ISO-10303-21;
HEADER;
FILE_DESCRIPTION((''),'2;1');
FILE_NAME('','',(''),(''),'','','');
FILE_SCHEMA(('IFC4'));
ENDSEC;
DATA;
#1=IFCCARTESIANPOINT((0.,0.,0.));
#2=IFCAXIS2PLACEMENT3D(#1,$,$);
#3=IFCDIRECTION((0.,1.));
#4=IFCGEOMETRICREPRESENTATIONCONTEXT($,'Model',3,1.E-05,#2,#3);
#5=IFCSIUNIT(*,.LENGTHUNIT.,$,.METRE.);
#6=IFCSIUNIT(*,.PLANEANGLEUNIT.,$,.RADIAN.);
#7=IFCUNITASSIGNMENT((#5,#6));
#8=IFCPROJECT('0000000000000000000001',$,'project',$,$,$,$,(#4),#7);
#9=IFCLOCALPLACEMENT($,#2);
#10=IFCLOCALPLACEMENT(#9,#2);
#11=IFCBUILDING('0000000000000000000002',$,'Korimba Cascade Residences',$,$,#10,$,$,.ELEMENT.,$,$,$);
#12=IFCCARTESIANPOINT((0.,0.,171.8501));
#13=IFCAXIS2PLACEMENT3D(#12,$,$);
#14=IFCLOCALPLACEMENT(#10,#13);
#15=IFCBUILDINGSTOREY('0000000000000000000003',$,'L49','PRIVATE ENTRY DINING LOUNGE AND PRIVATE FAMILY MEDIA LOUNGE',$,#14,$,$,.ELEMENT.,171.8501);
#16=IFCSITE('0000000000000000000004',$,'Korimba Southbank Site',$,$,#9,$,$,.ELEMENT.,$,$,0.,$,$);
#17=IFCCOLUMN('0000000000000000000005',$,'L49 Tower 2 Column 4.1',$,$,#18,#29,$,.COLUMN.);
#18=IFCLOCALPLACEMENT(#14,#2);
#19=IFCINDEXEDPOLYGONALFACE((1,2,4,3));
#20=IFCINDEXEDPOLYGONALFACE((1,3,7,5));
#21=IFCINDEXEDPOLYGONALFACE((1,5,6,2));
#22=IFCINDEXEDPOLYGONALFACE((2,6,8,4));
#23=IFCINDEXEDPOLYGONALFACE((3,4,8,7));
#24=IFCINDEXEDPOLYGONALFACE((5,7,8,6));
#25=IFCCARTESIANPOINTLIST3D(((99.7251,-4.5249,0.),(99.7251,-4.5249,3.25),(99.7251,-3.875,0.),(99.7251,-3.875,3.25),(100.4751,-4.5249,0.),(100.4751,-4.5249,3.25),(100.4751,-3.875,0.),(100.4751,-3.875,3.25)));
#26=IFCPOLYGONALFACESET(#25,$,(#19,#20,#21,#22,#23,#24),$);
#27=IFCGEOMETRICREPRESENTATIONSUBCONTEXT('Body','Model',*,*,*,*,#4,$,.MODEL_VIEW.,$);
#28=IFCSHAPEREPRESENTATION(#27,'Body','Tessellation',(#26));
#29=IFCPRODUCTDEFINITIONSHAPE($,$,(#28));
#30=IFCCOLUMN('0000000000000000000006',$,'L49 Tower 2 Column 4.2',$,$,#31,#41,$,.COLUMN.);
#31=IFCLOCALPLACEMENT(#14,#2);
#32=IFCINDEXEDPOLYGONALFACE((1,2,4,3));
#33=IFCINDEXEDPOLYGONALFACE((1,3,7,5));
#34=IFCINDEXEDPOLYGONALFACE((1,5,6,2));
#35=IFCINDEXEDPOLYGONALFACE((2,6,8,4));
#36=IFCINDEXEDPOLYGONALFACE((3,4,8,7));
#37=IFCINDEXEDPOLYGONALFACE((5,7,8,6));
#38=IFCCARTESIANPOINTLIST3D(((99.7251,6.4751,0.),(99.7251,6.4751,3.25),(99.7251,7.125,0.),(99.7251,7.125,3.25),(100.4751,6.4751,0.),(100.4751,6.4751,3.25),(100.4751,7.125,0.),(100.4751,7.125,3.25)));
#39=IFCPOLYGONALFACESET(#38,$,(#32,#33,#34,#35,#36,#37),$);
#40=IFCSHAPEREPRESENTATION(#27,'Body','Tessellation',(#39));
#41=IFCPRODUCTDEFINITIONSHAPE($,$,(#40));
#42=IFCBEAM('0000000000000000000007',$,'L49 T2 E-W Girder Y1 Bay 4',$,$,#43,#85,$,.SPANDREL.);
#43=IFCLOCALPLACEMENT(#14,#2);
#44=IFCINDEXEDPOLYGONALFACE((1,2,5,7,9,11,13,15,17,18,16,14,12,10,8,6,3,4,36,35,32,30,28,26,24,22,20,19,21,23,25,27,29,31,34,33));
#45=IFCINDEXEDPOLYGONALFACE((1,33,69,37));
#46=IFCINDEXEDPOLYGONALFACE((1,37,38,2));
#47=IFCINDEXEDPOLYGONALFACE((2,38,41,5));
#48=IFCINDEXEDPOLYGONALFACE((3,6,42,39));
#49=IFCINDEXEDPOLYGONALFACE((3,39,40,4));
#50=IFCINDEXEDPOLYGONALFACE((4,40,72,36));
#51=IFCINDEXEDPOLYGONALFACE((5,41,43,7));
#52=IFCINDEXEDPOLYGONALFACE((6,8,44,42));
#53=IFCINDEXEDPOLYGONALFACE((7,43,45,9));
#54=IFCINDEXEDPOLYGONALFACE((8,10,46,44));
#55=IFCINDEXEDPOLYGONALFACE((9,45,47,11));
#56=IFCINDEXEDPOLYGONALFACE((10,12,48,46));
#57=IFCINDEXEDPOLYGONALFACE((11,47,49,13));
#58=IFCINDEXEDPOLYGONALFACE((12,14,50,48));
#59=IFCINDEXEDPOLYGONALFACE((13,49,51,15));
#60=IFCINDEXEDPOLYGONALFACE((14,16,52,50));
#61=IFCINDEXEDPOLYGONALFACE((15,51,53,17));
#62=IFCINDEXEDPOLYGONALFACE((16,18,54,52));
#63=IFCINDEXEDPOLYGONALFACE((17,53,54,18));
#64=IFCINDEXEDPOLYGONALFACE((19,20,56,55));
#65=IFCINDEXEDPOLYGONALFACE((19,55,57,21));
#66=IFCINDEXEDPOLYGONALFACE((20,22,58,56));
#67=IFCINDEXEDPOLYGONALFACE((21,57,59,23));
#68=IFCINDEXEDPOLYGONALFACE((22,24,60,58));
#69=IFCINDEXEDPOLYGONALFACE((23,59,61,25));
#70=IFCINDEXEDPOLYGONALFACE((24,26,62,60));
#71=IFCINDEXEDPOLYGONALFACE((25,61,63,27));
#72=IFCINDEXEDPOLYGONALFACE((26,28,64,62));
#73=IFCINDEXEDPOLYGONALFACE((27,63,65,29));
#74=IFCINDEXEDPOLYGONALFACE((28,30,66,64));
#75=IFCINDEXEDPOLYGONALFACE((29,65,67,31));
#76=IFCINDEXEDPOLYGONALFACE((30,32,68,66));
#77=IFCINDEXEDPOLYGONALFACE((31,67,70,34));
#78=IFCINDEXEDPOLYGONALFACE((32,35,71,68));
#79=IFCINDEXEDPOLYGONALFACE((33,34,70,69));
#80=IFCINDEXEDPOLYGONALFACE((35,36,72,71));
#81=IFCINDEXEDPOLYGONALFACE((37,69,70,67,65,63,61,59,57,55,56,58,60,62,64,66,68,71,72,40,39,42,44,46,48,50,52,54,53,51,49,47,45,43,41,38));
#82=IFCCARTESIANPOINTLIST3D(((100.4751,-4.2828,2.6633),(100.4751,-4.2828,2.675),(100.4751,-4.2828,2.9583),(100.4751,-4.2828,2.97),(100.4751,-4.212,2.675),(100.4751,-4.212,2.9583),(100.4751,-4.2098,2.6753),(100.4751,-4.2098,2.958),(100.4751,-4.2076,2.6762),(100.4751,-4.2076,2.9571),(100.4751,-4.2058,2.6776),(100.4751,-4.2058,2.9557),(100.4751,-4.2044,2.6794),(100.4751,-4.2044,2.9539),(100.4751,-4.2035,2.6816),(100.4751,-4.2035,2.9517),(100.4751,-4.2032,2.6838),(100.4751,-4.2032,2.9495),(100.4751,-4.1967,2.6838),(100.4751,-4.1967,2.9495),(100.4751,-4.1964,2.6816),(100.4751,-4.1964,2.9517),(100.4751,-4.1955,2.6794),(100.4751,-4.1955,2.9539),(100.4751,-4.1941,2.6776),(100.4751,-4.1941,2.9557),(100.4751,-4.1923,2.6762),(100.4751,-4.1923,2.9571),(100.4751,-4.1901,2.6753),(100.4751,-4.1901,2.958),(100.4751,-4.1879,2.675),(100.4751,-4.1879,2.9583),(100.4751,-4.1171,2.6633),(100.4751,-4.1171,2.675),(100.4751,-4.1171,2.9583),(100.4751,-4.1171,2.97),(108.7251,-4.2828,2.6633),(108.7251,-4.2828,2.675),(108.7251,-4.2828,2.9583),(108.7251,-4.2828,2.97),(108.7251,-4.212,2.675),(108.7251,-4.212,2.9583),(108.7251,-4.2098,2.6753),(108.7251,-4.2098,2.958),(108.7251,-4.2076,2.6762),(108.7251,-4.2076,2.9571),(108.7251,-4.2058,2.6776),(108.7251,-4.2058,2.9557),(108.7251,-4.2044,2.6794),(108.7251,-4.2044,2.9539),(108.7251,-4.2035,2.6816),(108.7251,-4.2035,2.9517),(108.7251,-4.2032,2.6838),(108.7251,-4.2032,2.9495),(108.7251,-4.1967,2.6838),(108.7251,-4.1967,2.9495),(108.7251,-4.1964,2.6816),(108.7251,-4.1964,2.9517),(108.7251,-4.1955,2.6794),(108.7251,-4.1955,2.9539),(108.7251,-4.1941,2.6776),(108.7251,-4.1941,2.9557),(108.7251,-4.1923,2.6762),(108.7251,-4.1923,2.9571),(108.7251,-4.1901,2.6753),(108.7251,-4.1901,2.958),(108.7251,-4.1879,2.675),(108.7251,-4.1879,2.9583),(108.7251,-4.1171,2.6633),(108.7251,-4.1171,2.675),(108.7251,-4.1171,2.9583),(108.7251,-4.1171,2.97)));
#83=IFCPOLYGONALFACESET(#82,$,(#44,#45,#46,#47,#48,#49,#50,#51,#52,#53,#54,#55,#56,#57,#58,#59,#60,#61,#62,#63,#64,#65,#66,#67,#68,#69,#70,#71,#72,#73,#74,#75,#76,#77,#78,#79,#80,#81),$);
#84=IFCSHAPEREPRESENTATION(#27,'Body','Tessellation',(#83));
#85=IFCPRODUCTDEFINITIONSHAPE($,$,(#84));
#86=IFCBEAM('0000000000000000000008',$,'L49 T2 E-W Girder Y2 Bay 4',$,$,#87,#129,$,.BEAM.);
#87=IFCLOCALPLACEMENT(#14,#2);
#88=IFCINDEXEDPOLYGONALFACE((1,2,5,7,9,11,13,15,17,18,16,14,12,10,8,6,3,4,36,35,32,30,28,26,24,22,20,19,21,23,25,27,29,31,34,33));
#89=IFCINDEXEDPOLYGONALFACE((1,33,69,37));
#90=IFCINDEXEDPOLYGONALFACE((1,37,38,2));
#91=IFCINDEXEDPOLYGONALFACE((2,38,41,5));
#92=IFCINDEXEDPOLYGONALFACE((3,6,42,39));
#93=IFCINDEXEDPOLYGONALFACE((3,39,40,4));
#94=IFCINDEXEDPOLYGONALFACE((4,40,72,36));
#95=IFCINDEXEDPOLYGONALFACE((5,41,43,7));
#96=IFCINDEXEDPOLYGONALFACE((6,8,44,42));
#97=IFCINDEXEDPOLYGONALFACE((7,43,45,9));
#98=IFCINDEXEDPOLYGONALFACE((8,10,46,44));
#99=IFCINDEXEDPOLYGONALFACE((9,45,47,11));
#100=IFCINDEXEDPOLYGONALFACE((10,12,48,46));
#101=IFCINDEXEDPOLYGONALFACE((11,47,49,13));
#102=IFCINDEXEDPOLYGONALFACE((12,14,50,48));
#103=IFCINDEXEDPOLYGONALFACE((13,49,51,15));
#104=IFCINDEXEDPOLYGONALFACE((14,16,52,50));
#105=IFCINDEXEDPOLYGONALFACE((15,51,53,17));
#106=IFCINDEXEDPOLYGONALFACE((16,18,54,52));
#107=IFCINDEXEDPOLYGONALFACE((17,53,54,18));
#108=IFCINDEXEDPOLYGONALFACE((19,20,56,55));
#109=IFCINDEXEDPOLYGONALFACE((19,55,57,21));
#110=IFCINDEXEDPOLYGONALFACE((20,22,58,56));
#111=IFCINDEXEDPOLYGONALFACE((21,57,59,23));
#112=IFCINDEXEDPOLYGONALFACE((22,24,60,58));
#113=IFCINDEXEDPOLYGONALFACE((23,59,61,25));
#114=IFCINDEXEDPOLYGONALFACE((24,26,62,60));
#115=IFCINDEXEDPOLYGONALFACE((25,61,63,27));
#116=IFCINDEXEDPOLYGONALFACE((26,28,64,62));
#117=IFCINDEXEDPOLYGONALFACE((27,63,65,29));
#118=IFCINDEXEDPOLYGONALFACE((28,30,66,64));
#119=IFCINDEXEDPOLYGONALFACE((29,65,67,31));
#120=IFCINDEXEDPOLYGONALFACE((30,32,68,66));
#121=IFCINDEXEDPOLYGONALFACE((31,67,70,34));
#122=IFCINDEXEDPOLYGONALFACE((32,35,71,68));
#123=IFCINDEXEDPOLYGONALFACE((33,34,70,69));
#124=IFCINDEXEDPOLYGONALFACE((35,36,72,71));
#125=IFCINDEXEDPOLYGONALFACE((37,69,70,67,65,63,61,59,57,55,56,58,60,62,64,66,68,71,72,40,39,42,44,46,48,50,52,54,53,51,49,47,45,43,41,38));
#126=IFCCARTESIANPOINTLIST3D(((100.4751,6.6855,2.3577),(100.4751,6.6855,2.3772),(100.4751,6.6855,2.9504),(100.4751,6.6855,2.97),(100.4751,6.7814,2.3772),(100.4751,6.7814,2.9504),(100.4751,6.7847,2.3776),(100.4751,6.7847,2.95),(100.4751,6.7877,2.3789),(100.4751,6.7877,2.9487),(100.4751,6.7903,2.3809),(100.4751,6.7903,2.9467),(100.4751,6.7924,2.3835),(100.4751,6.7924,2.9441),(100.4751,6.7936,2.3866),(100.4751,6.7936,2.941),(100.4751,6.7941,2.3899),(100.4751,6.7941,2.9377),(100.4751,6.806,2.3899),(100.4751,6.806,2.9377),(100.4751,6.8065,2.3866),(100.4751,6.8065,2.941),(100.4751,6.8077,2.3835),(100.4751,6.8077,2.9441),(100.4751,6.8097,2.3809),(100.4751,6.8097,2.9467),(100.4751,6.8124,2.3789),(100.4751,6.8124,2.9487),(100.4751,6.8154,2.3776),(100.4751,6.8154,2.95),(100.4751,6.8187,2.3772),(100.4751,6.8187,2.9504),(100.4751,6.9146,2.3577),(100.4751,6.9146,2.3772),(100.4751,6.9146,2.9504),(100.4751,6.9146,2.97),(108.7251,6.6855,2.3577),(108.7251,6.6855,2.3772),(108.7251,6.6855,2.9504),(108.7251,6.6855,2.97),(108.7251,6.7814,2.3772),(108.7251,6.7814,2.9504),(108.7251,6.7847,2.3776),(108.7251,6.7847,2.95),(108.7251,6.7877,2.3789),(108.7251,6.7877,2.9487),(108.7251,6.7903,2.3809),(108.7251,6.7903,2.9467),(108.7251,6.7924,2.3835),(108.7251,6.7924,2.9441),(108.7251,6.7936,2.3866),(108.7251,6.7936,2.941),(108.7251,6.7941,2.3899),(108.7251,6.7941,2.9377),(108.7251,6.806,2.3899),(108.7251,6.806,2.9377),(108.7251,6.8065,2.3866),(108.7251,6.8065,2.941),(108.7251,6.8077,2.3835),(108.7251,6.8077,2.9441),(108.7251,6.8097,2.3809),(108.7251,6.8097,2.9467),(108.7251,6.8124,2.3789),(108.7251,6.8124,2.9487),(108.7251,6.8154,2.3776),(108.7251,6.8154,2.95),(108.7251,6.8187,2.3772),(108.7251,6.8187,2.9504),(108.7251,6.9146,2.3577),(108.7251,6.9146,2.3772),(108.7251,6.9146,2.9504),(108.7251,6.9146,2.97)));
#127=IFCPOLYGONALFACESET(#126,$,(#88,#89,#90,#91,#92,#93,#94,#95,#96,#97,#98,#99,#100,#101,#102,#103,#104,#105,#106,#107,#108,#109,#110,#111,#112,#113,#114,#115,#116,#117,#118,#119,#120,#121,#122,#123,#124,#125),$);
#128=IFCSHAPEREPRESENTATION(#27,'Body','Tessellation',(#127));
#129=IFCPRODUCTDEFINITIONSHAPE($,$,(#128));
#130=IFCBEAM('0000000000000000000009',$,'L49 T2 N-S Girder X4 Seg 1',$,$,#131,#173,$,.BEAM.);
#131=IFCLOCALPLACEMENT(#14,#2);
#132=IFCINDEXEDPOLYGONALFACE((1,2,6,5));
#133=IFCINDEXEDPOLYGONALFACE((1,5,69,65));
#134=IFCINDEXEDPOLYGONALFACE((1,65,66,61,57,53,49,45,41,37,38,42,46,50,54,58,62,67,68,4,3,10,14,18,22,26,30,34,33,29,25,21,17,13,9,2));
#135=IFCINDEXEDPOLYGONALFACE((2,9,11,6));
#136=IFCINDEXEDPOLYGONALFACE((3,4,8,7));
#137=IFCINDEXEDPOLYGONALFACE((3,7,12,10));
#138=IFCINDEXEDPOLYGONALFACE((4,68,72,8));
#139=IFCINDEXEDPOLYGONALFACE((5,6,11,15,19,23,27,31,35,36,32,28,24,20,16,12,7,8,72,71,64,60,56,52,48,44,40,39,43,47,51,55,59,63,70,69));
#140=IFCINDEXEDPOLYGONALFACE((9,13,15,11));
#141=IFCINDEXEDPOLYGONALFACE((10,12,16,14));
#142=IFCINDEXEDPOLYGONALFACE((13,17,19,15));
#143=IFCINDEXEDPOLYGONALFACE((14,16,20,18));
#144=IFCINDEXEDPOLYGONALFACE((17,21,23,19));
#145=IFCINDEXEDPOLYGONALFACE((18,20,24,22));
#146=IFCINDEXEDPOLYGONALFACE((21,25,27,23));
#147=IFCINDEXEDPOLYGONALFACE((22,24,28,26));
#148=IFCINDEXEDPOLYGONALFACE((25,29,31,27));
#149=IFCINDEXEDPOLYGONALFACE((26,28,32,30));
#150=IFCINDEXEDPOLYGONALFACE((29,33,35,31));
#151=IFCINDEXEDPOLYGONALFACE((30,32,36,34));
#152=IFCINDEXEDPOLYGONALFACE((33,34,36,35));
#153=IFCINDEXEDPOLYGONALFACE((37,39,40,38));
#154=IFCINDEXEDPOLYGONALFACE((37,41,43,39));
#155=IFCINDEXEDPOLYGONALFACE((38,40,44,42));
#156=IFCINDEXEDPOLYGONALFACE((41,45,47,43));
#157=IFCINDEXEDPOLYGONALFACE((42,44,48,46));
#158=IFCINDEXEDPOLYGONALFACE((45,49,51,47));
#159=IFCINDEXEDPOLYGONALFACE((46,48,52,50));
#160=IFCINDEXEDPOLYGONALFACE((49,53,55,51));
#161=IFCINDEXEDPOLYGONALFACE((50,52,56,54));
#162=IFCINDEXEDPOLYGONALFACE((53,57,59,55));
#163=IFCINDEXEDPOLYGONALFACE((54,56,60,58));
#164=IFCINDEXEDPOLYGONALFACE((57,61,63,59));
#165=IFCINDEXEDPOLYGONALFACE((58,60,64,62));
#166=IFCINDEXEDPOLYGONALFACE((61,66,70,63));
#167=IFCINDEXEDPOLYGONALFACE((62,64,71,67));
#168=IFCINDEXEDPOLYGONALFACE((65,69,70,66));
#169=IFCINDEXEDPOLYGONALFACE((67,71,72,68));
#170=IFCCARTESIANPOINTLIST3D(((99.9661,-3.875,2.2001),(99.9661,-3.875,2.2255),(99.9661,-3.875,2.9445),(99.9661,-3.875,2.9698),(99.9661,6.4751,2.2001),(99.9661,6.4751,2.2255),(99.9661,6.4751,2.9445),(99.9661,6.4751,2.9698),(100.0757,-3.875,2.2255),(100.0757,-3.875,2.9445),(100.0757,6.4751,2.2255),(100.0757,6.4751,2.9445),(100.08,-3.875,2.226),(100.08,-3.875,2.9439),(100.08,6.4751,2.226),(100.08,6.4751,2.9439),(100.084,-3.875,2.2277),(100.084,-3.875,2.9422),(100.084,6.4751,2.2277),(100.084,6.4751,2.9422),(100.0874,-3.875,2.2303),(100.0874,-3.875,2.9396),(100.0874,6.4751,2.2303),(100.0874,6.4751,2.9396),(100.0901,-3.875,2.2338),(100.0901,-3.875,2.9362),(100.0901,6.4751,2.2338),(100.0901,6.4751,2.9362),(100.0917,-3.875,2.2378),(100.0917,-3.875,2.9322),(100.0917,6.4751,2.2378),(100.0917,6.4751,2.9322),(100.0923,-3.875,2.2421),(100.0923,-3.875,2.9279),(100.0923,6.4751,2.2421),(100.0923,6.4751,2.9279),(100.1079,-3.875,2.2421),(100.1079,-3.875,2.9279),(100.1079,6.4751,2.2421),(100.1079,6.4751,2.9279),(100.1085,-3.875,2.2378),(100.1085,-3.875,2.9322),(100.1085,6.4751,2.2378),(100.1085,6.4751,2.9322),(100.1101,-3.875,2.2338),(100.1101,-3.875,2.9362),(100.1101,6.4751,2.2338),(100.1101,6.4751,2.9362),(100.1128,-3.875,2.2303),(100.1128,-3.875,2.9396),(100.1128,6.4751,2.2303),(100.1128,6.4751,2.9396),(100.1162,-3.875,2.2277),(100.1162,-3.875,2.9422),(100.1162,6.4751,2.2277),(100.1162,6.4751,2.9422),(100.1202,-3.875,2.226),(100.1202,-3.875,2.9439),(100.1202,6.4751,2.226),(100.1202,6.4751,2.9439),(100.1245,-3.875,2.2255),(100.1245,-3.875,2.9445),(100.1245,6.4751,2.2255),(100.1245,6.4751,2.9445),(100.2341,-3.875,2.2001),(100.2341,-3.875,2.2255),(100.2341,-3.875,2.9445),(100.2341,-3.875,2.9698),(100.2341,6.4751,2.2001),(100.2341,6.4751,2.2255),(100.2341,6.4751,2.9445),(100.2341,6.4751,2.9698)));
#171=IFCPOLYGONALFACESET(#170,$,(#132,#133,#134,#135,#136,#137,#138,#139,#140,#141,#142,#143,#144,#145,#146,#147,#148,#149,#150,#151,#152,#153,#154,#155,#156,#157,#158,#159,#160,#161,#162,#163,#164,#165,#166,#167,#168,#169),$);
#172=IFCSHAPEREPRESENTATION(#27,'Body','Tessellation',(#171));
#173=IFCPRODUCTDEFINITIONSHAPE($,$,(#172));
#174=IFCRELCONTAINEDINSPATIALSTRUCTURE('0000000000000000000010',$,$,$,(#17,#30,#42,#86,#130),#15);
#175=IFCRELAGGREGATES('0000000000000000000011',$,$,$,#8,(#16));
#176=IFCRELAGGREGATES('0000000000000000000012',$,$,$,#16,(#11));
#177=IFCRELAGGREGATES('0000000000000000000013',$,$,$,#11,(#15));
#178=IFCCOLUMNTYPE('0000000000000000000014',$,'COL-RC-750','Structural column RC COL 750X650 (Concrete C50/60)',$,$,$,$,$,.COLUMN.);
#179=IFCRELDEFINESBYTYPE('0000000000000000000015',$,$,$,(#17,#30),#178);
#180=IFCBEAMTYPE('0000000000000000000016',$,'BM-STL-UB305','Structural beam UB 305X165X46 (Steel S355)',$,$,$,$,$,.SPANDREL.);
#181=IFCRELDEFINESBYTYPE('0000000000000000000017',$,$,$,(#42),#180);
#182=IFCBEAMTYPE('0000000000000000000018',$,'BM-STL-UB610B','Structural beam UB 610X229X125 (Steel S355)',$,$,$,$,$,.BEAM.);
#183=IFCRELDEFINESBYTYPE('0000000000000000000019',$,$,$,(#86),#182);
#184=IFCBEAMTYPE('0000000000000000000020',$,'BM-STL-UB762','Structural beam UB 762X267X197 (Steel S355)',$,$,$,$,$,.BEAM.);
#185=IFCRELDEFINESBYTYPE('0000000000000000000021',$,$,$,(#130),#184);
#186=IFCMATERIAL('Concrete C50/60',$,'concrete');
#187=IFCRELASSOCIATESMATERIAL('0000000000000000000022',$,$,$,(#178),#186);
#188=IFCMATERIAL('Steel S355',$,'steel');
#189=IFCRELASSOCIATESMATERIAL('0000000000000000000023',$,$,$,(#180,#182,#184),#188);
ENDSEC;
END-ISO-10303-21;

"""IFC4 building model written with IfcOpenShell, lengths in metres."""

from ifc_helpers import new_model, si_unit, direction, frame, origin, origin_2d, place, context, subcontext, project, spatial, rectangle, i_section, extrude, material, material_profile, profile_set, type_object, element, save


model = new_model("IFC4")

# Units and contexts
model_context = context("Model", 3, precision=1e-05, world=origin(), true_north=direction((0.0, 1.0)))
body_context = subcontext(model_context, "Body", "Model", "MODEL_VIEW")
ifc_project = project(units=[si_unit("LENGTHUNIT", "METRE"), si_unit("PLANEANGLEUNIT", "RADIAN")], contexts=[model_context])

# Site, building, storey
site_placement = place(None, origin())
site = spatial("IfcSite", under=ifc_project, at=site_placement, Name="Korimba Southbank Site", CompositionType="ELEMENT", RefElevation=0.0)
building_placement = place(site_placement, origin())
building = spatial("IfcBuilding", under=site, at=building_placement, Name="Korimba Cascade Residences", CompositionType="ELEMENT")
storey_placement = place(building_placement, frame((0.0, 0.0, 171.8501)))
storey = spatial("IfcBuildingStorey", under=building, at=storey_placement, Name="L49", Description="PRIVATE ENTRY DINING LOUNGE AND PRIVATE FAMILY MEDIA LOUNGE", CompositionType="ELEMENT", Elevation=171.8501)

# Columns
ifc_material_1 = material(Name="Concrete C50/60", Category="concrete")
ifc_material_profile_1 = material_profile(ifc_material_1, rectangle(XDim=0.75, YDim=0.6499, at=origin_2d()), Name="Concrete C50/60")
ifc_profile_set_1 = profile_set([ifc_material_profile_1], Name="Concrete C50/60")
column_type = type_object("IfcColumnType", Name="COL-RC-750", Description="Structural column RC COL 750X650 (Concrete C50/60)", PredefinedType="COLUMN", material=ifc_profile_set_1)
for number, where, z_axis, x_axis, name in (
    (1, (100.1001, -4.2, 0.0), (0.0, 0.0, 1.0), (1.0, 0.0, 0.0), "L49 Tower 2 Column 4.1"),
    (2, (100.1001, 6.8, 0.0), (0.0, 0.0, 1.0), (1.0, 0.0, 0.0), "L49 Tower 2 Column 4.2"),
):
    element("IfcColumn", number, at=place(storey_placement, frame(where, z_axis=z_axis, x_axis=x_axis)), inside=storey, type_object=column_type, Name=name, PredefinedType="COLUMN", context=body_context, shape_type="SweptSolid", body=[
        extrude(rectangle(XDim=0.75, YDim=0.6499, at=origin_2d()), origin(), (0.0, 0.0, 1.0), 3.25),
    ])

# Beams
ifc_material_2 = material(Name="Steel S355", Category="steel")
ifc_material_profile_2 = material_profile(ifc_material_2, i_section(OverallWidth=0.1658, OverallDepth=0.3066, WebThickness=0.0066, FlangeThickness=0.0117, FilletRadius=0.0088, at=origin_2d()), Name="Steel S355")
ifc_profile_set_2 = profile_set([ifc_material_profile_2], Name="Steel S355")
beam_type_1 = type_object("IfcBeamType", Name="BM-STL-UB305", Description="Structural beam UB 305X165X46 (Steel S355)", PredefinedType="SPANDREL", material=ifc_profile_set_2)
beam_1_placement = place(storey_placement, frame((100.4751, -4.2, 2.8167), z_axis=(1.0, 0.0, 0.0), x_axis=(0.0, 1.0, 0.0)))
element("IfcBeam", 3, at=beam_1_placement, inside=storey, type_object=beam_type_1, Name="L49 T2 E-W Girder Y1 Bay 4", PredefinedType="SPANDREL", context=body_context, shape_type="SweptSolid", body=[
    extrude(i_section(OverallWidth=0.1658, OverallDepth=0.3066, WebThickness=0.0066, FlangeThickness=0.0117, FilletRadius=0.0088, at=origin_2d()), origin(), (0.0, 0.0, 1.0), 8.25),
])
ifc_material_profile_3 = material_profile(ifc_material_2, i_section(OverallWidth=0.229, OverallDepth=0.6123, WebThickness=0.012, FlangeThickness=0.0195, FilletRadius=0.0127, at=origin_2d()), Name="Steel S355")
ifc_profile_set_3 = profile_set([ifc_material_profile_3], Name="Steel S355")
beam_type_2 = type_object("IfcBeamType", Name="BM-STL-UB610B", Description="Structural beam UB 610X229X125 (Steel S355)", PredefinedType="BEAM", material=ifc_profile_set_3)
beam_2_placement = place(storey_placement, frame((100.4751, 6.8, 2.6638), z_axis=(1.0, 0.0, 0.0), x_axis=(0.0, 1.0, 0.0)))
element("IfcBeam", 4, at=beam_2_placement, inside=storey, type_object=beam_type_2, Name="L49 T2 E-W Girder Y2 Bay 4", PredefinedType="BEAM", context=body_context, shape_type="SweptSolid", body=[
    extrude(i_section(OverallWidth=0.229, OverallDepth=0.6123, WebThickness=0.012, FlangeThickness=0.0195, FilletRadius=0.0127, at=origin_2d()), origin(), (0.0, 0.0, 1.0), 8.25),
])
ifc_material_profile_4 = material_profile(ifc_material_2, i_section(OverallWidth=0.2681, OverallDepth=0.7698, WebThickness=0.0156, FlangeThickness=0.0254, FilletRadius=0.0166, at=origin_2d()), Name="Steel S355")
ifc_profile_set_4 = profile_set([ifc_material_profile_4], Name="Steel S355")
beam_type_3 = type_object("IfcBeamType", Name="BM-STL-UB762", Description="Structural beam UB 762X267X197 (Steel S355)", PredefinedType="BEAM", material=ifc_profile_set_4)
beam_3_placement = place(storey_placement, frame((100.1001, -3.875, 2.585), z_axis=(0.0, 1.0, 0.0), x_axis=(-1.0, 0.0, 0.0)))
element("IfcBeam", 5, at=beam_3_placement, inside=storey, type_object=beam_type_3, Name="L49 T2 N-S Girder X4 Seg 1", PredefinedType="BEAM", context=body_context, shape_type="SweptSolid", body=[
    extrude(i_section(OverallWidth=0.2681, OverallDepth=0.7698, WebThickness=0.0156, FlangeThickness=0.0254, FilletRadius=0.0166, at=origin_2d()), origin(), (0.0, 0.0, 1.0), 10.3501),
])

save(model, "model.ifc")
